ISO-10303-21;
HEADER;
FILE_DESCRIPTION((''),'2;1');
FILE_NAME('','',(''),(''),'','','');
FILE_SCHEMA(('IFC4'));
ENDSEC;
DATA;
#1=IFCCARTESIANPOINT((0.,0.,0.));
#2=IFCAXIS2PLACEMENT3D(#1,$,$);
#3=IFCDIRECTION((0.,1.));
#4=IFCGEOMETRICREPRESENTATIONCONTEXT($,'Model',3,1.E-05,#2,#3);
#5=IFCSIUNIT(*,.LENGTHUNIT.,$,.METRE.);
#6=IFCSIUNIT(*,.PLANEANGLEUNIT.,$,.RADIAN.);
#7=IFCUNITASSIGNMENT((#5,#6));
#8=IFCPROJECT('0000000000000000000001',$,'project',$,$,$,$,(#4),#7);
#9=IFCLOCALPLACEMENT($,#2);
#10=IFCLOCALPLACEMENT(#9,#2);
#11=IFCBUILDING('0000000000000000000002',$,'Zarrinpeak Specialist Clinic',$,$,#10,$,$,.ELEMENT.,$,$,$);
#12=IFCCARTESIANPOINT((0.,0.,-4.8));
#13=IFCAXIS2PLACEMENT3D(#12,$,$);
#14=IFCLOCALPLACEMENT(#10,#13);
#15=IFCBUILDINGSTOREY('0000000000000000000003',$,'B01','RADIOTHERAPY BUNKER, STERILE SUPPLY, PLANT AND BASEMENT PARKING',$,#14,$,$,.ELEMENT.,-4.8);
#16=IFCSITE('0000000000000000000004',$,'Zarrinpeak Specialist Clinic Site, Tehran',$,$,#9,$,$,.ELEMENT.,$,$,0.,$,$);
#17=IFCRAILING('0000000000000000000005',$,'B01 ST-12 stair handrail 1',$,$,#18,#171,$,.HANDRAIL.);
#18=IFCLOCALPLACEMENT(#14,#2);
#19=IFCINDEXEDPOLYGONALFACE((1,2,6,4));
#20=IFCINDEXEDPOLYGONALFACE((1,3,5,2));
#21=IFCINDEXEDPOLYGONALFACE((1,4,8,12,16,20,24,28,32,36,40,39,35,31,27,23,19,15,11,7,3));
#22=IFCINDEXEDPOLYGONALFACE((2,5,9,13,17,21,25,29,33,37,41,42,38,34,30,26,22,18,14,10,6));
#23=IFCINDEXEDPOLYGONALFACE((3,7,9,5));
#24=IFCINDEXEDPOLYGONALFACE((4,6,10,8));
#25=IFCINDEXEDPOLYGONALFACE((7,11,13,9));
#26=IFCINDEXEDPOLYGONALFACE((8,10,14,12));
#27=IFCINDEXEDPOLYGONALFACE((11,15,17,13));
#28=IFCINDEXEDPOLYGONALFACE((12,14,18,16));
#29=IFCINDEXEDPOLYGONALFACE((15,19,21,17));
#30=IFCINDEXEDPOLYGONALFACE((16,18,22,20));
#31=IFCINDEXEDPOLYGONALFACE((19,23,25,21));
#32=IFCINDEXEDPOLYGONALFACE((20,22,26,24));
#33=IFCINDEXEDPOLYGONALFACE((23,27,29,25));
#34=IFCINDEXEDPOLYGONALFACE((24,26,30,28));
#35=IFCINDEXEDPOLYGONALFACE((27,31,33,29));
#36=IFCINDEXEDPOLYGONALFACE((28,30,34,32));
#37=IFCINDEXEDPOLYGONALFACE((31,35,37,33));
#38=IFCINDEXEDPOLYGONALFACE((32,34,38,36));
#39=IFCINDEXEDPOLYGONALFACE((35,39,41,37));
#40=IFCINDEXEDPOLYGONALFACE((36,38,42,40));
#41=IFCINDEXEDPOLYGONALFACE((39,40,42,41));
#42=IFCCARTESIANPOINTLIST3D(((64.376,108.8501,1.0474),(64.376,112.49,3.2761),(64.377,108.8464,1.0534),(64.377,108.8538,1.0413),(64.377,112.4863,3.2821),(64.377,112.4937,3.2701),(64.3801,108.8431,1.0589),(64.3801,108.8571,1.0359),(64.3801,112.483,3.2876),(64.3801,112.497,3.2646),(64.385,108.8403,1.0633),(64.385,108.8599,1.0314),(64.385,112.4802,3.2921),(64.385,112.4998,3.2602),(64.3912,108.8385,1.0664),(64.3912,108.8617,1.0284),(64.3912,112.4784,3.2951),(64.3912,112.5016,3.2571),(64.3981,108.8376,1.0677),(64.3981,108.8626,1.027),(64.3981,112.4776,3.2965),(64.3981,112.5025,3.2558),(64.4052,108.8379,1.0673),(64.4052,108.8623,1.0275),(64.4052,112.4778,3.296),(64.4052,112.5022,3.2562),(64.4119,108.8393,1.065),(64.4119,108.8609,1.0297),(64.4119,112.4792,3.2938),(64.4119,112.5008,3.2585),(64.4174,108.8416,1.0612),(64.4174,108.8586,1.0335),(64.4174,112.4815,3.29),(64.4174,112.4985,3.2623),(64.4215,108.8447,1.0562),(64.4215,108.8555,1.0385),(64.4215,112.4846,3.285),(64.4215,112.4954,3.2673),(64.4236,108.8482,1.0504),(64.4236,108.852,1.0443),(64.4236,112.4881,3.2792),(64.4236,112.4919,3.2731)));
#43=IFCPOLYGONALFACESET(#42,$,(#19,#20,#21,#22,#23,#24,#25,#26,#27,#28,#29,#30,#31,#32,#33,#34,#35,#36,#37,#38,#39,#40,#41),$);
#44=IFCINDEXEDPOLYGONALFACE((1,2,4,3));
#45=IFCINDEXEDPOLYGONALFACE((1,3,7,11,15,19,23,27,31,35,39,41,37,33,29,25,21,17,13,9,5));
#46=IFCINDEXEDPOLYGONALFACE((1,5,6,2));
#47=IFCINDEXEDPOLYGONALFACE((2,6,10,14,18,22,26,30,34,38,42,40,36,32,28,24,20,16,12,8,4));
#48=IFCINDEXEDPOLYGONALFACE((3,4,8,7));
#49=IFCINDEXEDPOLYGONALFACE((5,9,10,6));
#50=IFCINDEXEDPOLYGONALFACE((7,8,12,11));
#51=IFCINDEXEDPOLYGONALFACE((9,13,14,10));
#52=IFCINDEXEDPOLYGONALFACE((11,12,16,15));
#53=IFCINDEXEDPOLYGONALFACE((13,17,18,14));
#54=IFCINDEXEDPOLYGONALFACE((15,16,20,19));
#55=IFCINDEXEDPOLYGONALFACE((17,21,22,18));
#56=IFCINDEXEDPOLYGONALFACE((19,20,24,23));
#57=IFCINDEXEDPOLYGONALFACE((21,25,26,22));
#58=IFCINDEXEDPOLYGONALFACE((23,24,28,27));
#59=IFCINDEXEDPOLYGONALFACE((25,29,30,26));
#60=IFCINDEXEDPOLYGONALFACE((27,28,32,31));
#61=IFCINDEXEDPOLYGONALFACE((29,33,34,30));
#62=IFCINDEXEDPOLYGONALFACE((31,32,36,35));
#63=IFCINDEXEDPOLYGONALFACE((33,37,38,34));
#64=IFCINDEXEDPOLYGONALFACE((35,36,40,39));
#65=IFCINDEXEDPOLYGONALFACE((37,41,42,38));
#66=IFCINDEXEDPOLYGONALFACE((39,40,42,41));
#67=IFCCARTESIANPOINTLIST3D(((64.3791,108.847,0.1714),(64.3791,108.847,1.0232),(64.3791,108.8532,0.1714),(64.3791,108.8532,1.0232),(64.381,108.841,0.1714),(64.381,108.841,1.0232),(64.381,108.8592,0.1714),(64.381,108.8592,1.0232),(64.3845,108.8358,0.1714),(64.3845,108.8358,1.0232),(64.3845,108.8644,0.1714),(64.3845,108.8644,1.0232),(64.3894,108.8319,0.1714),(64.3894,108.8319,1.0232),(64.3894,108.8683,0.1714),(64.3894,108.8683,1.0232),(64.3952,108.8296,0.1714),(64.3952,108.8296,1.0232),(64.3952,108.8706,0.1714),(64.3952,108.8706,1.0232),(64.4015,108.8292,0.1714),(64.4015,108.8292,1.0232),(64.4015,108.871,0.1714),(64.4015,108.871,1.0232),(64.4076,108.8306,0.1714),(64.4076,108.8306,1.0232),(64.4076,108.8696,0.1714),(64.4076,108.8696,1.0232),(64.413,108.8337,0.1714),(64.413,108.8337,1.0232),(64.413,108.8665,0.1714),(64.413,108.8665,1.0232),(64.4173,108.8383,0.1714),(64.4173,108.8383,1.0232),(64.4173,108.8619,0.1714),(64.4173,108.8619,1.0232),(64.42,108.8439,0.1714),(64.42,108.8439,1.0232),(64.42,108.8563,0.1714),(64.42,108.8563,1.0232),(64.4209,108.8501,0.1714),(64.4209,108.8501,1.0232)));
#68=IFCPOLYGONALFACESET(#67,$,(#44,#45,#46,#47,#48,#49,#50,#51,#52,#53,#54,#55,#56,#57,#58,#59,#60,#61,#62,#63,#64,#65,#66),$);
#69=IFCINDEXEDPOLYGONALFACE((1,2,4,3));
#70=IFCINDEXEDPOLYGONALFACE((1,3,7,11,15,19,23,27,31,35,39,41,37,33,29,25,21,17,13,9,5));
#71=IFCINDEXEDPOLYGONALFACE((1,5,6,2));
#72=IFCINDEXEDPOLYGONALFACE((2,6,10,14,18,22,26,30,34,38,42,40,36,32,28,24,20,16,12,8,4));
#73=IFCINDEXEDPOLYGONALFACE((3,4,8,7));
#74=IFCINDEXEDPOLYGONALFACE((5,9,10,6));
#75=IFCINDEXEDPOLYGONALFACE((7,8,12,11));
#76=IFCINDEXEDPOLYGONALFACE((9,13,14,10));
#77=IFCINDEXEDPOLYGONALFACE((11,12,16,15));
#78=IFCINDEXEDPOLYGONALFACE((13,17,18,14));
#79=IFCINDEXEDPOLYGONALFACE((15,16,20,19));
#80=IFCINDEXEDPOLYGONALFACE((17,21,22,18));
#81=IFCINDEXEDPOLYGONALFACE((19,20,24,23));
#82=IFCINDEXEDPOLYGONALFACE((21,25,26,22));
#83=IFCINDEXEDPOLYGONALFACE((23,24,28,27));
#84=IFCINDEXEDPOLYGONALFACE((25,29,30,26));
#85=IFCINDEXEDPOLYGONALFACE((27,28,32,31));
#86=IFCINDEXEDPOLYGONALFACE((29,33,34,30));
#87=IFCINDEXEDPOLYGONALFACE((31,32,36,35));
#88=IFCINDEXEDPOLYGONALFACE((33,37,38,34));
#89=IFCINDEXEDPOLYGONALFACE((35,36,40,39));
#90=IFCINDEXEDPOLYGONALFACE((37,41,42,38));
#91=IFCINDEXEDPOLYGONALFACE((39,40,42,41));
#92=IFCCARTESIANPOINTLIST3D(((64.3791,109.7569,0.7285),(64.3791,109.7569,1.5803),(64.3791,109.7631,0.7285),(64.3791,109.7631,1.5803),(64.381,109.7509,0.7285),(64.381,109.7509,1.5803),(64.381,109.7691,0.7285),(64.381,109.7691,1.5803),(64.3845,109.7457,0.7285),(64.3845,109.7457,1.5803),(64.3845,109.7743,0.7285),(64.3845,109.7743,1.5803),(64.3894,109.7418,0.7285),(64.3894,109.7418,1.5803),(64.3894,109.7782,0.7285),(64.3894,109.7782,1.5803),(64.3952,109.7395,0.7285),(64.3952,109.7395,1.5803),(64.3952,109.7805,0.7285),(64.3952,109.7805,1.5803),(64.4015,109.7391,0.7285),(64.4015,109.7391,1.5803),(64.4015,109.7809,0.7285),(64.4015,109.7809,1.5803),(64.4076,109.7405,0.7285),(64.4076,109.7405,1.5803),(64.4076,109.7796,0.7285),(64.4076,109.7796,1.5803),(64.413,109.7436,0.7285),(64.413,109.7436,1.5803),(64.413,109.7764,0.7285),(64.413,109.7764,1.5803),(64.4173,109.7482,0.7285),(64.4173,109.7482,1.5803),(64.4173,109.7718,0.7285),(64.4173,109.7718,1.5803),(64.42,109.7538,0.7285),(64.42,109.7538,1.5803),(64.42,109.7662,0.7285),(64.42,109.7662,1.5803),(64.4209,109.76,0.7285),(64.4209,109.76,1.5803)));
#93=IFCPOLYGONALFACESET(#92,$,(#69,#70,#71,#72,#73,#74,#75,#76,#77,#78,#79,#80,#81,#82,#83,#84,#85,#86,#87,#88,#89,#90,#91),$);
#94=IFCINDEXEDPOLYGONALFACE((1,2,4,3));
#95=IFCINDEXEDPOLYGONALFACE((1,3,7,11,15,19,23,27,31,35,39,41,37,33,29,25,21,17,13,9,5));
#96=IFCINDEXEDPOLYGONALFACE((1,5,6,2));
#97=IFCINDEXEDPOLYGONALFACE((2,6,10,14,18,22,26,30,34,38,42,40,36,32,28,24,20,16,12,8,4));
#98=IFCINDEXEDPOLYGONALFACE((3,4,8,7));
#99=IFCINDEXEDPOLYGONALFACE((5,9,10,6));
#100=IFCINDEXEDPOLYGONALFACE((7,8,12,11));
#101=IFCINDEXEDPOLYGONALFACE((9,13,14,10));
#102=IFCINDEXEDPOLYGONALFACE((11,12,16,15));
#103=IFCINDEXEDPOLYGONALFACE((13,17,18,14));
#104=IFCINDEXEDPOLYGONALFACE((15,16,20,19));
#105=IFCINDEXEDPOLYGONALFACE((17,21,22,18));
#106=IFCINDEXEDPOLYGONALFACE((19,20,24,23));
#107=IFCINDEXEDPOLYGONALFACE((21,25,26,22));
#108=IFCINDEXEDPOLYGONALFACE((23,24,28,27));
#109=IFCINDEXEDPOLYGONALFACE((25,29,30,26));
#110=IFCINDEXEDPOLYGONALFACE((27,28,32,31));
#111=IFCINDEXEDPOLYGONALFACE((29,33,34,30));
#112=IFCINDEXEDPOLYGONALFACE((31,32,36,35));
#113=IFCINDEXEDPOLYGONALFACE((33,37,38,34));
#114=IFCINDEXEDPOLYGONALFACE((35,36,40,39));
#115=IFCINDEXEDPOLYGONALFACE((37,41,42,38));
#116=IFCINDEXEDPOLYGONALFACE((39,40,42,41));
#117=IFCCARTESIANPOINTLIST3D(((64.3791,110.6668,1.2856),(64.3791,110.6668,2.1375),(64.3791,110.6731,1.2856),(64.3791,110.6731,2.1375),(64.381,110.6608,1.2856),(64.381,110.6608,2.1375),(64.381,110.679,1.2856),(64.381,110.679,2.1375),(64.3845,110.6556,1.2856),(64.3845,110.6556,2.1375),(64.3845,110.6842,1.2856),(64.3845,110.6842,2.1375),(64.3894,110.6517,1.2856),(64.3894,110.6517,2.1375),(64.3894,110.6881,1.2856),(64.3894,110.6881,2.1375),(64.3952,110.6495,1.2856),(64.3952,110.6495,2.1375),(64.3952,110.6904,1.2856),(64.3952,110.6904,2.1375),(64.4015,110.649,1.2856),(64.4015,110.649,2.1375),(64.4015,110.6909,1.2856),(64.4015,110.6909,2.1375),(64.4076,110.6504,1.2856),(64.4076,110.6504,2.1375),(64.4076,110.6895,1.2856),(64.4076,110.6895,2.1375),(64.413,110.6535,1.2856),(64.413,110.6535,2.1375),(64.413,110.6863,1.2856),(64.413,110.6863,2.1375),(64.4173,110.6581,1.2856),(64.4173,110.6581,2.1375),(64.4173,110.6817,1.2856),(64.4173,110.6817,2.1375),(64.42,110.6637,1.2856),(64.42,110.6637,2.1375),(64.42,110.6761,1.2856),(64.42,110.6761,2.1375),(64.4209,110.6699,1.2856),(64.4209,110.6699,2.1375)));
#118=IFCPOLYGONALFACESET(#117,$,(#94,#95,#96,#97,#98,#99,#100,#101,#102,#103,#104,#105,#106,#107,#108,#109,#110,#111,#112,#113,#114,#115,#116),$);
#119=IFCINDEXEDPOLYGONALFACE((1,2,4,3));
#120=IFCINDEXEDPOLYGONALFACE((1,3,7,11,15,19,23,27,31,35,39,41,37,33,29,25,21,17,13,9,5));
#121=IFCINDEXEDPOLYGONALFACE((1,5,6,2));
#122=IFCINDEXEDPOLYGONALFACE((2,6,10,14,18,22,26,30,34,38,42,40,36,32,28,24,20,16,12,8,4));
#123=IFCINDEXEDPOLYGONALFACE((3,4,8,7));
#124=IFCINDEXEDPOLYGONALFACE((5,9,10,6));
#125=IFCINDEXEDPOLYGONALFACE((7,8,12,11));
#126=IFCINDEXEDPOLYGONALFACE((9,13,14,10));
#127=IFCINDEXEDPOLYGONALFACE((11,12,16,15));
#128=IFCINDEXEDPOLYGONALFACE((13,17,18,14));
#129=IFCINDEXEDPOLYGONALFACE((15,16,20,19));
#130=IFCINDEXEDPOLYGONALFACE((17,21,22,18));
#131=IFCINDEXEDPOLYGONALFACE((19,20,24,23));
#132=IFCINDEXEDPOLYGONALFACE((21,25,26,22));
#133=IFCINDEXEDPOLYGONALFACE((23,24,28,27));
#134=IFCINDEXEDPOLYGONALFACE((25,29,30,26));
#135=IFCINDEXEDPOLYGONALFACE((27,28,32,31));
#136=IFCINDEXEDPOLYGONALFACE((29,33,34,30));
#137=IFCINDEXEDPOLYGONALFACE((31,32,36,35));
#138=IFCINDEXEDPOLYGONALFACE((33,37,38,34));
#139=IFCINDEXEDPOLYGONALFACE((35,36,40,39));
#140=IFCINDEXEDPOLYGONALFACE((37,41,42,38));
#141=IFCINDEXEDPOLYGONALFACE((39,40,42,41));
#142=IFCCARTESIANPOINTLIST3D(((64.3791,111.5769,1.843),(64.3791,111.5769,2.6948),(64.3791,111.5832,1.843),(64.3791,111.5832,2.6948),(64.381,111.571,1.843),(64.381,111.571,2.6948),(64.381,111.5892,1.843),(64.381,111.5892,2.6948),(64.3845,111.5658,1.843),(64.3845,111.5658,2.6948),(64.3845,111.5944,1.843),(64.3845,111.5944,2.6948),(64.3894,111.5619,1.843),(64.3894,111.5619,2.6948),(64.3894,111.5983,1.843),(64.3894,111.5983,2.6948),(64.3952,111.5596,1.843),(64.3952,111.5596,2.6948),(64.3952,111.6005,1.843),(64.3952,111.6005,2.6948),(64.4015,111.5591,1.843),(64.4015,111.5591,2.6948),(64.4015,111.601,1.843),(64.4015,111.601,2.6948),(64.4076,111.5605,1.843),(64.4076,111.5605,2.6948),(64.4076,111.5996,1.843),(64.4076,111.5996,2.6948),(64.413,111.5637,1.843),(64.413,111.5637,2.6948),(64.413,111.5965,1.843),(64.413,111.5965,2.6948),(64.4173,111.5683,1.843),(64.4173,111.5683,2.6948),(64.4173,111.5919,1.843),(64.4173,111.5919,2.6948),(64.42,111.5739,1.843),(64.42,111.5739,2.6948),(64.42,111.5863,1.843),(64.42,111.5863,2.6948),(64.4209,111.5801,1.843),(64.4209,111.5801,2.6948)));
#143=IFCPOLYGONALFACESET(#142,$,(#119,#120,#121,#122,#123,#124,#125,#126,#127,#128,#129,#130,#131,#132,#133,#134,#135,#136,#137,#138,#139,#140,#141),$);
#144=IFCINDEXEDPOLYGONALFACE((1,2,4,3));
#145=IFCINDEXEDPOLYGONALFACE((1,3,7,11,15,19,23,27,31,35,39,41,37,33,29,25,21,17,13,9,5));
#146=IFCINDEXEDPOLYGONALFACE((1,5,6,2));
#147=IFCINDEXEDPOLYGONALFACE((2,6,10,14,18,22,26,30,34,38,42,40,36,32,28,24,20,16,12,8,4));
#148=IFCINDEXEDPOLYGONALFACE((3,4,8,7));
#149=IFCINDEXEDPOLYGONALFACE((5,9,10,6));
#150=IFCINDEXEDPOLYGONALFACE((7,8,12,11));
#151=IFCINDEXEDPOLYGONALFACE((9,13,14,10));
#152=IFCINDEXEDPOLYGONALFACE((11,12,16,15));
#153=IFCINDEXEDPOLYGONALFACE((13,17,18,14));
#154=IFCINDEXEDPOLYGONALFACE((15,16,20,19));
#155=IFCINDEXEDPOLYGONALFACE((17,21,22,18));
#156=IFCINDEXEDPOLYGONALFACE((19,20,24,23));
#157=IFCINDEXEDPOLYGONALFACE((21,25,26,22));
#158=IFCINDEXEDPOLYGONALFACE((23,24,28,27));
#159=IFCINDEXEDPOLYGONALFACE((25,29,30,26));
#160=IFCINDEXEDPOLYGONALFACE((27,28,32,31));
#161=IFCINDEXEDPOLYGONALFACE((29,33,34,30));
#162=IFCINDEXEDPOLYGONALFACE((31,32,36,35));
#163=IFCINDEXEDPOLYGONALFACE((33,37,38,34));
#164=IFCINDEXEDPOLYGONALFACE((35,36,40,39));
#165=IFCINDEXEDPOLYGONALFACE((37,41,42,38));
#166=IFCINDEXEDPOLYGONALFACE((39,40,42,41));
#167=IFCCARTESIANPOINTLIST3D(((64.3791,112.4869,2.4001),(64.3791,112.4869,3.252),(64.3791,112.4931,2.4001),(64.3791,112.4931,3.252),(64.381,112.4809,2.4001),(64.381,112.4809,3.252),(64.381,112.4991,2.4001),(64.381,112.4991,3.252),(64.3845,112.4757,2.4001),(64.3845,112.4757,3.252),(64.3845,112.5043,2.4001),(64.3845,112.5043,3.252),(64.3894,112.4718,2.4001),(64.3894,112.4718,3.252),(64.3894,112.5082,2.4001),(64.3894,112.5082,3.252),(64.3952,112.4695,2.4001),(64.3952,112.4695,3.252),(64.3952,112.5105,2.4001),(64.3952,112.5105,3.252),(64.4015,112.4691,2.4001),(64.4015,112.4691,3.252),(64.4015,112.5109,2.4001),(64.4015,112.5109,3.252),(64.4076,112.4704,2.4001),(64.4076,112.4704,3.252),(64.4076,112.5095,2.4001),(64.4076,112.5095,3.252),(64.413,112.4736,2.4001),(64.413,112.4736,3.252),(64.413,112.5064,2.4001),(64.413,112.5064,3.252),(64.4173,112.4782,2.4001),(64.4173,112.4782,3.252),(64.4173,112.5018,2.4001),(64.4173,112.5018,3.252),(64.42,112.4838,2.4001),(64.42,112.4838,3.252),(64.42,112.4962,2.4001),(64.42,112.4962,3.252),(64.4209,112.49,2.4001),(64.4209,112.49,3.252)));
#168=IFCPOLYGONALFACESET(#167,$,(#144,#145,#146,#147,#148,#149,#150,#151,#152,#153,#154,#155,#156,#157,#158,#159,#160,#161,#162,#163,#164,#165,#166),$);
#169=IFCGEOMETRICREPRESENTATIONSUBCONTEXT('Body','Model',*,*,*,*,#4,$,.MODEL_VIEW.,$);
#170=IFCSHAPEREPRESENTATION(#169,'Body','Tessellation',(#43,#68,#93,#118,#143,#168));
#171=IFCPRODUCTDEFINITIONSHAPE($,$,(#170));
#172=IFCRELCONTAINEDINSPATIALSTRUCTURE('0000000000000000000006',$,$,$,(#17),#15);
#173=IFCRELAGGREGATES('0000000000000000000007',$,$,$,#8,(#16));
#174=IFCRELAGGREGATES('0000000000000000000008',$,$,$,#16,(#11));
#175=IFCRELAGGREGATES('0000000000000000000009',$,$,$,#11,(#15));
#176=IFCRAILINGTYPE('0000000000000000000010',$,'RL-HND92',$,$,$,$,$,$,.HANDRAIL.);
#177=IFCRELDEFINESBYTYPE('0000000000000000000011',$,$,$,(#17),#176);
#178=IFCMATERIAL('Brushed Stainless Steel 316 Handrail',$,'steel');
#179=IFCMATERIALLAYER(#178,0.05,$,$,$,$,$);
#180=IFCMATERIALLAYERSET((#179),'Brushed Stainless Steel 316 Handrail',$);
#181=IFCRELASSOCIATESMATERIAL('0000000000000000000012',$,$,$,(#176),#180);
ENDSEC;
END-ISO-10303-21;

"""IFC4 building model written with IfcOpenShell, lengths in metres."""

from ifc_helpers import new_model, si_unit, direction, frame, origin, origin_2d, place, context, subcontext, project, spatial, circle, extrude, material, layer, layer_set, type_object, element, save


model = new_model("IFC4")

# Units and contexts
model_context = context("Model", 3, precision=1e-05, world=origin(), true_north=direction((0.0, 1.0)))
body_context = subcontext(model_context, "Body", "Model", "MODEL_VIEW")
ifc_project = project(units=[si_unit("LENGTHUNIT", "METRE"), si_unit("PLANEANGLEUNIT", "RADIAN")], contexts=[model_context])

# Site, building, storey
site_placement = place(None, origin())
site = spatial("IfcSite", under=ifc_project, at=site_placement, Name="Zarrinpeak Specialist Clinic Site, Tehran", CompositionType="ELEMENT", RefElevation=0.0)
building_placement = place(site_placement, origin())
building = spatial("IfcBuilding", under=site, at=building_placement, Name="Zarrinpeak Specialist Clinic", CompositionType="ELEMENT")
storey_placement = place(building_placement, frame((0.0, 0.0, -4.8)))
storey = spatial("IfcBuildingStorey", under=building, at=storey_placement, Name="B01", Description="RADIOTHERAPY BUNKER, STERILE SUPPLY, PLANT AND BASEMENT PARKING", CompositionType="ELEMENT", Elevation=-4.8)

# Railing
ifc_material_1 = material(Name="Brushed Stainless Steel 316 Handrail", Category="steel")
ifc_layer_1 = layer(ifc_material_1, 0.05)
ifc_layer_set_1 = layer_set([ifc_layer_1], Name="Brushed Stainless Steel 316 Handrail")
railing_type_1 = type_object("IfcRailingType", Name="RL-HND92", PredefinedType="HANDRAIL", material=ifc_layer_set_1)
railing_1_placement = place(storey_placement, frame((64.3999, 108.8501, 0.1714)))
element("IfcRailing", 1, at=railing_1_placement, inside=storey, type_object=railing_type_1, Name="B01 ST-12 stair handrail 1", PredefinedType="HANDRAIL", context=body_context, shape_type="SweptSolid", body=[
    extrude(circle(Radius=0.0239, at=origin_2d()), frame((0.0, 0.0, 0.876), z_axis=(0.0, 0.852825, 0.522197), x_axis=(-1.0, 0.0, 0.0)), (0.0, 0.0, 1.0), 4.2681),
    extrude(circle(Radius=0.021, at=origin_2d()), origin(), (0.0, 0.0, 1.0), 0.8518),
    extrude(circle(Radius=0.021, at=origin_2d()), frame((0.0, 0.9099, 0.5571)), (0.0, 0.0, 1.0), 0.8518),
    extrude(circle(Radius=0.021, at=origin_2d()), frame((0.0, 1.8198, 1.1143)), (0.0, 0.0, 1.0), 0.8518),
    extrude(circle(Radius=0.021, at=origin_2d()), frame((0.0, 2.73, 1.6716)), (0.0, 0.0, 1.0), 0.8518),
    extrude(circle(Radius=0.021, at=origin_2d()), frame((0.0, 3.6399, 2.2288)), (0.0, 0.0, 1.0), 0.8518),
])

save(model, "model.ifc")
